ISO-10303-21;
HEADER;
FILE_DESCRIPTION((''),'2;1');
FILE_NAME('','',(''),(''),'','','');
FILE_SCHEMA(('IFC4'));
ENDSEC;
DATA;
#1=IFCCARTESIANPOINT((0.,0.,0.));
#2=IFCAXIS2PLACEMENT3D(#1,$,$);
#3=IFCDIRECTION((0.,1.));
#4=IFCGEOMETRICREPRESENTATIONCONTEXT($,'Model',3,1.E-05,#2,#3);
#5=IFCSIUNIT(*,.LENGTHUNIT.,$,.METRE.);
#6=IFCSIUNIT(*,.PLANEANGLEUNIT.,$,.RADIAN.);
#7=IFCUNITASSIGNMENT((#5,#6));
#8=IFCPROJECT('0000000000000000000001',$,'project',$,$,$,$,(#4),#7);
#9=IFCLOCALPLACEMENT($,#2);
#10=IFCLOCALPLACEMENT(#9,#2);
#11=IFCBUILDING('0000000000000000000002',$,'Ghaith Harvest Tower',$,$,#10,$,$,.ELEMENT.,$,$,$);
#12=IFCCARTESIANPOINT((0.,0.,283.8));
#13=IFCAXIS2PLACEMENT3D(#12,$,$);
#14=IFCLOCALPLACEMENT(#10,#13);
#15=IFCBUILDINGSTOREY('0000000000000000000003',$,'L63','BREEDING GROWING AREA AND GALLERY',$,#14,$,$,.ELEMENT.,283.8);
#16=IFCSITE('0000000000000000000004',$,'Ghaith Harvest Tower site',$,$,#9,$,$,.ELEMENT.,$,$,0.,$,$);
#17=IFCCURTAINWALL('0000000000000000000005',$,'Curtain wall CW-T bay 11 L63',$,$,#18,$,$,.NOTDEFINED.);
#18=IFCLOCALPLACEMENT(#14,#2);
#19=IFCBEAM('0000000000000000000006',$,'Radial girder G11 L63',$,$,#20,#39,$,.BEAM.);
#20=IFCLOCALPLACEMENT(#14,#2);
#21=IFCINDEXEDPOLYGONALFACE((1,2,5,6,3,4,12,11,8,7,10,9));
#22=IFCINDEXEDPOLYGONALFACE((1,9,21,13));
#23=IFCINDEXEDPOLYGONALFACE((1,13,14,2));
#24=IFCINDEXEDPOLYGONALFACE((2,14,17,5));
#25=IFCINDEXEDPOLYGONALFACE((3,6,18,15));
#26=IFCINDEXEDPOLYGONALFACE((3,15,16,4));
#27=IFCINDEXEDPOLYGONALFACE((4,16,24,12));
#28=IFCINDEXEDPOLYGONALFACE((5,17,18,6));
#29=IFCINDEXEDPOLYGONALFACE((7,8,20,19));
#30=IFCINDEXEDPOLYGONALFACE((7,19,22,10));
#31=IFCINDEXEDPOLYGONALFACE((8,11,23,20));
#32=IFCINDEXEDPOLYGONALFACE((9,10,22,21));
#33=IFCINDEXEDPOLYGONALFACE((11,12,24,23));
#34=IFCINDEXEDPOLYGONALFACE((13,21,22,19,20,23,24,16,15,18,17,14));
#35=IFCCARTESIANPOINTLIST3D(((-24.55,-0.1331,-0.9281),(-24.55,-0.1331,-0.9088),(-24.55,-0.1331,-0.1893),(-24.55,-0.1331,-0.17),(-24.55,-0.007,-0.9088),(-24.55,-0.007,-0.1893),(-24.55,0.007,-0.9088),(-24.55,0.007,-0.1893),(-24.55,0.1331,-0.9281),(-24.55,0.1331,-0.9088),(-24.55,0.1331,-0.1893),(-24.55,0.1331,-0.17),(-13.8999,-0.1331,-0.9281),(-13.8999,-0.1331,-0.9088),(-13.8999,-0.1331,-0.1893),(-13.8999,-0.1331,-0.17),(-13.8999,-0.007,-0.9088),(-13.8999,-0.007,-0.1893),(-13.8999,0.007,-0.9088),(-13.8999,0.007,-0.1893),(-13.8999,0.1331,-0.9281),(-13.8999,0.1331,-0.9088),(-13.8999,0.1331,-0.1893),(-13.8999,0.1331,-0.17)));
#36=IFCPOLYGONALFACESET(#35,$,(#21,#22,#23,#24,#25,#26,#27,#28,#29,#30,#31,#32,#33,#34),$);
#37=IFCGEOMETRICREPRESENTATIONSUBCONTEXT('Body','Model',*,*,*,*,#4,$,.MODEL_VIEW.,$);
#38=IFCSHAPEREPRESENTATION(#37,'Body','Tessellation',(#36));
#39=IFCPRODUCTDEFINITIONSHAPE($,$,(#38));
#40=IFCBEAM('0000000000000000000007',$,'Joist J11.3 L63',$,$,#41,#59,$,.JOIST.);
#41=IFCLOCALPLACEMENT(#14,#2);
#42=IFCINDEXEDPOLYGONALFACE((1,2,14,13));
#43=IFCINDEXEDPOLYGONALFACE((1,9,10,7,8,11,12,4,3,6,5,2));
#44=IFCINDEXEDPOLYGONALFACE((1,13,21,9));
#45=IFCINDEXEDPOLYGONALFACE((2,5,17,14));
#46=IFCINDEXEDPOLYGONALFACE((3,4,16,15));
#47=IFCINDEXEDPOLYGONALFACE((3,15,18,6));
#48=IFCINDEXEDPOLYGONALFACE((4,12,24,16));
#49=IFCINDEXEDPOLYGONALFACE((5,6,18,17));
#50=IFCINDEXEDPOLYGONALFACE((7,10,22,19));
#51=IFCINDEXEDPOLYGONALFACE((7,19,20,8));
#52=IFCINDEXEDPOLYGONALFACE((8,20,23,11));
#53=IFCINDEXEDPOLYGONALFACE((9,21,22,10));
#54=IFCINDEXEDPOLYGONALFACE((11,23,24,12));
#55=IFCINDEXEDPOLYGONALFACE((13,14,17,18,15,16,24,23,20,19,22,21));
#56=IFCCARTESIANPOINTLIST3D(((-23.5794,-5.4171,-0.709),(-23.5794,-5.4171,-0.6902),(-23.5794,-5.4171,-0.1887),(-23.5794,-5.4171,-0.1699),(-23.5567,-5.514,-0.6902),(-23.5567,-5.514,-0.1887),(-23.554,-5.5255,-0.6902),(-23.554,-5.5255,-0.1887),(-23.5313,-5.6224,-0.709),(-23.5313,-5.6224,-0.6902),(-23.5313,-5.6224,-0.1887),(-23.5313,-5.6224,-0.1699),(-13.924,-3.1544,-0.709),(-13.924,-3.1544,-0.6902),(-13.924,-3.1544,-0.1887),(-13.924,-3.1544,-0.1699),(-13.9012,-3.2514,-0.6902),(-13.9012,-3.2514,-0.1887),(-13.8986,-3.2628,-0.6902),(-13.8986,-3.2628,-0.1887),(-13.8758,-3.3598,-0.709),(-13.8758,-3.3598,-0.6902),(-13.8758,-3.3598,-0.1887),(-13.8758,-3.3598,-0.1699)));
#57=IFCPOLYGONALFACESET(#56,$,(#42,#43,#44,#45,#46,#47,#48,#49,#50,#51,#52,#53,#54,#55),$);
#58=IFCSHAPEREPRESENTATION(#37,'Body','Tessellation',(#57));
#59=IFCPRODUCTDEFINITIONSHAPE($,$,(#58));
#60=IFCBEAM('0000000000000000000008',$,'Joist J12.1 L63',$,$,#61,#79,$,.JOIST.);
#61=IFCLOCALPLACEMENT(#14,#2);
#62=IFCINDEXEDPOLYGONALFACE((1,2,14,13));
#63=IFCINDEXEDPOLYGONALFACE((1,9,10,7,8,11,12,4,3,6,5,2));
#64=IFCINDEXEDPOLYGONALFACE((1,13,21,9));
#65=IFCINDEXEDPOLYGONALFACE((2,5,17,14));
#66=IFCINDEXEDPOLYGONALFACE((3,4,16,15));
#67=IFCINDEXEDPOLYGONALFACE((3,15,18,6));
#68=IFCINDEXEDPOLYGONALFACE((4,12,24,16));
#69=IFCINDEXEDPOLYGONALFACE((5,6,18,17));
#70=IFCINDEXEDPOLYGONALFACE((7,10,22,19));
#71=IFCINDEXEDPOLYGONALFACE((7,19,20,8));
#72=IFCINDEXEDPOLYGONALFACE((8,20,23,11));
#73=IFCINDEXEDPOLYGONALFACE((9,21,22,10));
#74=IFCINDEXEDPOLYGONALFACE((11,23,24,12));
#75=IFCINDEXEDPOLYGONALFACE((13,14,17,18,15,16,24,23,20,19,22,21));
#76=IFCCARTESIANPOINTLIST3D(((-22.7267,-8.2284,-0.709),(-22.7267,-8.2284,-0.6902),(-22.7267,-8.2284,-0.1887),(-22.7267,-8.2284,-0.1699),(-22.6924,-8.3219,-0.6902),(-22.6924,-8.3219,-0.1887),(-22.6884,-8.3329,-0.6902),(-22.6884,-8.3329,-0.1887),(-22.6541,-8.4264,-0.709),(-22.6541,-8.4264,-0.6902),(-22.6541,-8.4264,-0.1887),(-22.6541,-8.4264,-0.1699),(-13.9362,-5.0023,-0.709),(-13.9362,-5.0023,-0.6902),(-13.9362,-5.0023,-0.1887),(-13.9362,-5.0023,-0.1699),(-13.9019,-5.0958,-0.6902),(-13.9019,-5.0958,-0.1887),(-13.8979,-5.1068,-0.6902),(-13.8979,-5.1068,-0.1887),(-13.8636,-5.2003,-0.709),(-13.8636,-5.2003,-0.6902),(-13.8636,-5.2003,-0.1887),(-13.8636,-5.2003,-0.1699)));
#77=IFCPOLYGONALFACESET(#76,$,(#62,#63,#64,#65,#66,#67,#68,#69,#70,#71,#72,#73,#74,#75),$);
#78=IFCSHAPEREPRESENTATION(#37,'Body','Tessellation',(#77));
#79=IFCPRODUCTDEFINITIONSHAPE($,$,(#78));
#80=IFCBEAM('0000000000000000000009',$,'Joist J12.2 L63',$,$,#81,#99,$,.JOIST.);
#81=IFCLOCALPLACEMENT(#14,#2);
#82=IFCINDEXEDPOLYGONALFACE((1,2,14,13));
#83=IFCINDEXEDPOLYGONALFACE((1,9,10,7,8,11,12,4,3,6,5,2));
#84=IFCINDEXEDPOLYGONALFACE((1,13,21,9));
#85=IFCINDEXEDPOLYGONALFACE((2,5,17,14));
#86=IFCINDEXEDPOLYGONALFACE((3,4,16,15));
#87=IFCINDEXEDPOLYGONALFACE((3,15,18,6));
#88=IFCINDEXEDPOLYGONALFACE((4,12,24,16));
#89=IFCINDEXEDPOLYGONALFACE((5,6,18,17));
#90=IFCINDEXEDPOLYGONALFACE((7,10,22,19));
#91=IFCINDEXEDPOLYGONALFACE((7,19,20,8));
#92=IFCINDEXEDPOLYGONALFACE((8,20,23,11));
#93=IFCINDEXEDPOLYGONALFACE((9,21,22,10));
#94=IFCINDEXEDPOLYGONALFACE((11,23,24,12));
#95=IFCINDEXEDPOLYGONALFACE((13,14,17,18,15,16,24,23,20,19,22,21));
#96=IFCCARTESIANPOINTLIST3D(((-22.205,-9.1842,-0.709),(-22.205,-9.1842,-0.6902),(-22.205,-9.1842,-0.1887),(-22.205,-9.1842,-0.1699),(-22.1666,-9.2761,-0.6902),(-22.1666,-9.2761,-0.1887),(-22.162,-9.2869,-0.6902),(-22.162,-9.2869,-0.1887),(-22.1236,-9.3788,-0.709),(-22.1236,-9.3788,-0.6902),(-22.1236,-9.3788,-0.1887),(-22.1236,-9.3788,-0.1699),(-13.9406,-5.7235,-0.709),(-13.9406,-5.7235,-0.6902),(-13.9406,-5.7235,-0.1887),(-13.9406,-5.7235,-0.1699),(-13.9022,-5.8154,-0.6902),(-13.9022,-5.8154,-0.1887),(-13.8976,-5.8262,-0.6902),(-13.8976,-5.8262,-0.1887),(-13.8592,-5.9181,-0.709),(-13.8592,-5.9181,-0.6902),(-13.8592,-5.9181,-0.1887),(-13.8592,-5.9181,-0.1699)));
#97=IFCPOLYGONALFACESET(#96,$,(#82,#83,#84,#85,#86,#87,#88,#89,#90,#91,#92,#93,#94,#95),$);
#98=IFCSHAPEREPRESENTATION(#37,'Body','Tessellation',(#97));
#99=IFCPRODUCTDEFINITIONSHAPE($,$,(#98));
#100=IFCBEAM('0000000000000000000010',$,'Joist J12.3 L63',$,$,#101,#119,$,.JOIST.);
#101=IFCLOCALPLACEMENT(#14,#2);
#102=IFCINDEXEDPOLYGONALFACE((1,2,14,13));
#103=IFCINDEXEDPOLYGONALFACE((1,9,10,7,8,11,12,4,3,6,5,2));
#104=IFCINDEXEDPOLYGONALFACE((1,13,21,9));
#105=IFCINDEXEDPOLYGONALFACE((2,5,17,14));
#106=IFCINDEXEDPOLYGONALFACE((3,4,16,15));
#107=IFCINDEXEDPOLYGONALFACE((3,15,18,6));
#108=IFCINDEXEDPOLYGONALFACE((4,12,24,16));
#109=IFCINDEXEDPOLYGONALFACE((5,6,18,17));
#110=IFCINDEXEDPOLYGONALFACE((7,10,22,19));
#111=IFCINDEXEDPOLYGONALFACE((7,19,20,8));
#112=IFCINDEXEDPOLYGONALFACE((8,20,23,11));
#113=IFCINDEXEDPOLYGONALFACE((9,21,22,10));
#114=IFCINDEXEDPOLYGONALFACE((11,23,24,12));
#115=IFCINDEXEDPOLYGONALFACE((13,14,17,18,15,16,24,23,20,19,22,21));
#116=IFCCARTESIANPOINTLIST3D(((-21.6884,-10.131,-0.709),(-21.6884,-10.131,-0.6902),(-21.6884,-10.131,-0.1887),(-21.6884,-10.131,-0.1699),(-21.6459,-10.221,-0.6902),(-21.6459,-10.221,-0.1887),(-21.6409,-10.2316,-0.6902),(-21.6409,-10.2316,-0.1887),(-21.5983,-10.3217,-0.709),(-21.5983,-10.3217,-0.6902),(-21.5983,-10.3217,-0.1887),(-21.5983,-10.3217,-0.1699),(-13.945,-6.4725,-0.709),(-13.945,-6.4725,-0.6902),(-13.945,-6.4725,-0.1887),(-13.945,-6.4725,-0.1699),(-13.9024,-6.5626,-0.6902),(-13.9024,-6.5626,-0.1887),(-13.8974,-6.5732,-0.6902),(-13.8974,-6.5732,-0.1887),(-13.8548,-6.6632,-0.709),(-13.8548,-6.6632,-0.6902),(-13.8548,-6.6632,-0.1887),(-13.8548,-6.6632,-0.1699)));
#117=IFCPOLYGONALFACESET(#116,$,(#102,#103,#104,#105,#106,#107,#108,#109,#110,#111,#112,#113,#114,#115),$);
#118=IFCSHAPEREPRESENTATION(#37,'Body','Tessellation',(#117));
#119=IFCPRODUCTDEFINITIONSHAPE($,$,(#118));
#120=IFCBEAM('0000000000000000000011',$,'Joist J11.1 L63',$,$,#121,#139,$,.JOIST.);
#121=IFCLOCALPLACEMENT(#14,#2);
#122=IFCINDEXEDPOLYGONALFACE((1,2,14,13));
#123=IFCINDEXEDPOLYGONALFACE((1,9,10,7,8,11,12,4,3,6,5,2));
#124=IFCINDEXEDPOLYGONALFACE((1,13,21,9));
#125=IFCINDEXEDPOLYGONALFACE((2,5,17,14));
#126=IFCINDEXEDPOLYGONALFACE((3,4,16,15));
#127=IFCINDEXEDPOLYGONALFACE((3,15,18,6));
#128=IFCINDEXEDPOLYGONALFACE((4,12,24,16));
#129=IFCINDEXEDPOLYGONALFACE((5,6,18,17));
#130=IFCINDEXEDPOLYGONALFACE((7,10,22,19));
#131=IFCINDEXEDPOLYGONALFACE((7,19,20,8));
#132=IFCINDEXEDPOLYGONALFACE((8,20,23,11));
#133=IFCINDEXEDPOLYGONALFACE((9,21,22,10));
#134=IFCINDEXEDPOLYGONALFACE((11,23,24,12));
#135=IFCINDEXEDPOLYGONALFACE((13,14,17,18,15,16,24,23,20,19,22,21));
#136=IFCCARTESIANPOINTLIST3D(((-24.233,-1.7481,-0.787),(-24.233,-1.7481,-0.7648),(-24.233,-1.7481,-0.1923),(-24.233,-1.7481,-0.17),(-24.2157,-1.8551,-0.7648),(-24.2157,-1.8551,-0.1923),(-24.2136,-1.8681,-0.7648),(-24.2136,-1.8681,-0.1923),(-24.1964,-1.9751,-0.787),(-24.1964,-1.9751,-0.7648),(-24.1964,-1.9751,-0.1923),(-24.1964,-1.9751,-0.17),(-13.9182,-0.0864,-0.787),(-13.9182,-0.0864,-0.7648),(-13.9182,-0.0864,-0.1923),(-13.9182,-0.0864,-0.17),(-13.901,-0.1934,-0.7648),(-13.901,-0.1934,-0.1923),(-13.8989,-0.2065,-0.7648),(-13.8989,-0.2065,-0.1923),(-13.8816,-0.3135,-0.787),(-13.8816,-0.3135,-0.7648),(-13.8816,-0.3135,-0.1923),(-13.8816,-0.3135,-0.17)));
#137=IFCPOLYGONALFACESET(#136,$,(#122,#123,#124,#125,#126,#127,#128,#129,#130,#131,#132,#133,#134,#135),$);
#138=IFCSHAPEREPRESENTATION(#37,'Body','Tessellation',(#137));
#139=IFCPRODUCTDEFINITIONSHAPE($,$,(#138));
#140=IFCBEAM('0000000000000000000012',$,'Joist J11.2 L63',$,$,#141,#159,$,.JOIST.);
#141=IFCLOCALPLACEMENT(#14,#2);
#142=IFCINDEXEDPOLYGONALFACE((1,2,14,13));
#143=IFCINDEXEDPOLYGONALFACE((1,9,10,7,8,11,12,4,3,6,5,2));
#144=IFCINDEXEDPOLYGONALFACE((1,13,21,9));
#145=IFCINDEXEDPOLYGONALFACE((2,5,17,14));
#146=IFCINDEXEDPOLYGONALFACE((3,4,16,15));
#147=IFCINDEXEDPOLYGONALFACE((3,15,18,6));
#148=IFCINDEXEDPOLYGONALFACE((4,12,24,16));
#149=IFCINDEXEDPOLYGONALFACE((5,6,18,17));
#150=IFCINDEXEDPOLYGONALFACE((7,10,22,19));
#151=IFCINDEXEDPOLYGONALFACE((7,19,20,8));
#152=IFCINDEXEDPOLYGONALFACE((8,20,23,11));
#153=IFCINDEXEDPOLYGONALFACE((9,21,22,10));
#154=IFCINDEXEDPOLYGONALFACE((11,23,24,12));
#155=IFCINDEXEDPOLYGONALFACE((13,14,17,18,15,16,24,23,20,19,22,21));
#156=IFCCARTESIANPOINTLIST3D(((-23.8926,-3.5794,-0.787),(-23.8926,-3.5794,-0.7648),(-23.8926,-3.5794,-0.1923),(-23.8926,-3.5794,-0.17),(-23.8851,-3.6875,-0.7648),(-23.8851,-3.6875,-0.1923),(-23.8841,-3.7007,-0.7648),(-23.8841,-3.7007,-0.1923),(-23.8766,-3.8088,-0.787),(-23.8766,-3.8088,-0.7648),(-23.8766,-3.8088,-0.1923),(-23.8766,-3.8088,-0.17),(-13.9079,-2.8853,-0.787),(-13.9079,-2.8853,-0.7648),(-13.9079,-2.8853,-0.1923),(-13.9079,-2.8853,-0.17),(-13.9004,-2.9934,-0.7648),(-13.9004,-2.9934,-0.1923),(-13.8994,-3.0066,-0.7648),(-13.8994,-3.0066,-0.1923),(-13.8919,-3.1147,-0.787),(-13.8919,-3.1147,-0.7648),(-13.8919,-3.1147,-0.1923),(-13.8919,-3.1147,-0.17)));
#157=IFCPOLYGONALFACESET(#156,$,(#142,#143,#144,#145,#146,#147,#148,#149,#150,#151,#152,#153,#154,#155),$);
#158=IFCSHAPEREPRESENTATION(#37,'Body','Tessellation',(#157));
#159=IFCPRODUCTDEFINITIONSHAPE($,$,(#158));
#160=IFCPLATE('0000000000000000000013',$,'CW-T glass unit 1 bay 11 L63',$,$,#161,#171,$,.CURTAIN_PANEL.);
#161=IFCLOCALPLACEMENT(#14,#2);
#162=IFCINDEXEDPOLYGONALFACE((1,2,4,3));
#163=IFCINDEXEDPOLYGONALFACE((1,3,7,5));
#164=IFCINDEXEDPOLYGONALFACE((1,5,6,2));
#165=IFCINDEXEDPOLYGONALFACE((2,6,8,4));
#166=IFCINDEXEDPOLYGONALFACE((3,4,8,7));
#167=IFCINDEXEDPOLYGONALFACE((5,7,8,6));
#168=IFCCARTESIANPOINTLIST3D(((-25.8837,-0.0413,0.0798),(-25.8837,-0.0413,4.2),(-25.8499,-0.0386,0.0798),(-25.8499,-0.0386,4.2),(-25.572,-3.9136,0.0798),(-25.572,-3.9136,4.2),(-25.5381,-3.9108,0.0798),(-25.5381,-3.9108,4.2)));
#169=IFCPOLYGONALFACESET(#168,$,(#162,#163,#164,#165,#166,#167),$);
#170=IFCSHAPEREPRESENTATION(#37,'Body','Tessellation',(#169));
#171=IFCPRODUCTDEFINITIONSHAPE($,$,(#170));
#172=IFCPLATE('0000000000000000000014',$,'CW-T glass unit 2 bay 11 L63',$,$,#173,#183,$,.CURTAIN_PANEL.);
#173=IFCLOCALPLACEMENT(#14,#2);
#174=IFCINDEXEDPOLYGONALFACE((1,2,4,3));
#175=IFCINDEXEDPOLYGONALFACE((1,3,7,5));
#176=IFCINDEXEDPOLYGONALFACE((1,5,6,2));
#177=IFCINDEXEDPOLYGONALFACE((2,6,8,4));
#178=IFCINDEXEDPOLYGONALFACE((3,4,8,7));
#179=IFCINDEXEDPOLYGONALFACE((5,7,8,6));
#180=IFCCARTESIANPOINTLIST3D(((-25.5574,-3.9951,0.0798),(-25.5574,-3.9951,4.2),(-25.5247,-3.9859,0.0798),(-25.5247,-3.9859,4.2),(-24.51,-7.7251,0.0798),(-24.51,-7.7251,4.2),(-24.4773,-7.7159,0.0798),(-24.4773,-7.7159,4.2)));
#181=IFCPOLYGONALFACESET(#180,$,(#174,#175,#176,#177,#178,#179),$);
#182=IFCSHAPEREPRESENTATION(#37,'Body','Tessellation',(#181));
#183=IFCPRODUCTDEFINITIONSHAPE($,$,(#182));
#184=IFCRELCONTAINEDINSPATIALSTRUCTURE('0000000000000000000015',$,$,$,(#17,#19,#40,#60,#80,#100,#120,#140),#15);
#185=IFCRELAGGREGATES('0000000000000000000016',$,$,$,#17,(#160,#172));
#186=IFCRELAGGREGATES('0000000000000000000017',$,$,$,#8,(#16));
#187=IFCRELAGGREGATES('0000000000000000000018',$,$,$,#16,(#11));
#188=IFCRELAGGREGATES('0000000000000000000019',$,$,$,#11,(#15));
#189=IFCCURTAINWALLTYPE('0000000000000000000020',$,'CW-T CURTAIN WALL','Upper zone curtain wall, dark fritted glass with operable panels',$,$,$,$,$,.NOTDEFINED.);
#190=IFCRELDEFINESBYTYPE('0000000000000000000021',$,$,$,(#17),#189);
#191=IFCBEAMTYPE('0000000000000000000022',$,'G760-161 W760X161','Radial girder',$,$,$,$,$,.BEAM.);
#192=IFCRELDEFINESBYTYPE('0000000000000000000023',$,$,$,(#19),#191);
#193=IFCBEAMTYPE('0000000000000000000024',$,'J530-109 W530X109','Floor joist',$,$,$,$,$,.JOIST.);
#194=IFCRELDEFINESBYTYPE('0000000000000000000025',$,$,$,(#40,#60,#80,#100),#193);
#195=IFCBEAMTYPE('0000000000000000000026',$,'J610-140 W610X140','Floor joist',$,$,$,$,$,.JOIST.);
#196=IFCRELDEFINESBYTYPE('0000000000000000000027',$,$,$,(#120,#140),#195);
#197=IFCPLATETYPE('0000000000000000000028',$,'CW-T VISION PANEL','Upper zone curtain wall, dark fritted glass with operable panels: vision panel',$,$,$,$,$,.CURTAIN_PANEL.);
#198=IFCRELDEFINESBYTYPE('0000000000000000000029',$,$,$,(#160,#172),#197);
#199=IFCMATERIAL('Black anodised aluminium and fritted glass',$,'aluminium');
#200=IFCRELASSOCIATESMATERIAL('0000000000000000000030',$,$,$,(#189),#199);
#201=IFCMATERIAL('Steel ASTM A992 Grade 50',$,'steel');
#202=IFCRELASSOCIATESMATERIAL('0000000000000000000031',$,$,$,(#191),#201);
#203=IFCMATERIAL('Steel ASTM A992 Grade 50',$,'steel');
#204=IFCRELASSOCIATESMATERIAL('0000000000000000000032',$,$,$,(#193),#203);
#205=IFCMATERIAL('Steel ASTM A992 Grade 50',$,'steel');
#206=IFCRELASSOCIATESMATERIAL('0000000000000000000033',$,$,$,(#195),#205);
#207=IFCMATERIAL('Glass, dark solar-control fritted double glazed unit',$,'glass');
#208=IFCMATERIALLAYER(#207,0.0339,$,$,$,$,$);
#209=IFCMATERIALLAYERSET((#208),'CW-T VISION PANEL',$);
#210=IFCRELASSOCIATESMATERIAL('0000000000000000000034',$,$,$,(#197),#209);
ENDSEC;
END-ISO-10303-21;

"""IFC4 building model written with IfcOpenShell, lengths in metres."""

from ifc_helpers import new_model, si_unit, direction, frame, origin, origin_2d, place, context, subcontext, project, spatial, rectangle, i_section, extrude, material, layer, layer_set, material_profile, profile_set, type_object, element, aggregate, save


model = new_model("IFC4")

# Units and contexts
model_context = context("Model", 3, precision=1e-05, world=origin(), true_north=direction((0.0, 1.0)))
body_context = subcontext(model_context, "Body", "Model", "MODEL_VIEW")
ifc_project = project(units=[si_unit("LENGTHUNIT", "METRE"), si_unit("PLANEANGLEUNIT", "RADIAN")], contexts=[model_context])

# Site, building, storey
site_placement = place(None, origin())
site = spatial("IfcSite", under=ifc_project, at=site_placement, Name="Ghaith Harvest Tower site", CompositionType="ELEMENT", RefElevation=0.0)
building_placement = place(site_placement, origin())
building = spatial("IfcBuilding", under=site, at=building_placement, Name="Ghaith Harvest Tower", CompositionType="ELEMENT")
storey_placement = place(building_placement, frame((0.0, 0.0, 283.8)))
storey = spatial("IfcBuildingStorey", under=building, at=storey_placement, Name="L63", Description="BREEDING GROWING AREA AND GALLERY", CompositionType="ELEMENT", Elevation=283.8)

# Curtain wall
ifc_material_1 = material(Name="Black anodised aluminium and fritted glass", Category="aluminium")
curtain_wall_type = type_object("IfcCurtainWallType", Name="CW-T CURTAIN WALL", Description="Upper zone curtain wall, dark fritted glass with operable panels", PredefinedType="NOTDEFINED", material=ifc_material_1)
curtain_wall_1_placement = place(storey_placement, origin())
curtain_wall_1 = element("IfcCurtainWall", 1, at=curtain_wall_1_placement, inside=storey, type_object=curtain_wall_type, Name="Curtain wall CW-T bay 11 L63", PredefinedType="NOTDEFINED")

# Beams
ifc_material_2 = material(Name="Steel ASTM A992 Grade 50", Category="steel")
ifc_material_profile_1 = material_profile(ifc_material_2, i_section(OverallWidth=0.2661, OverallDepth=0.7581, WebThickness=0.0139, FlangeThickness=0.0193, at=origin_2d()), Name="W760X161")
ifc_profile_set_1 = profile_set([ifc_material_profile_1], Name="Steel ASTM A992 Grade 50")
beam_type_1 = type_object("IfcBeamType", Name="G760-161 W760X161", Description="Radial girder", PredefinedType="BEAM", material=ifc_profile_set_1)
beam_1_placement = place(storey_placement, frame((-13.8999, 0.0, -0.5491), z_axis=(-1.0, 0.0, 0.0), x_axis=(0.0, -1.0, 0.0)))
element("IfcBeam", 2, at=beam_1_placement, inside=storey, type_object=beam_type_1, Name="Radial girder G11 L63", PredefinedType="BEAM", context=body_context, shape_type="SweptSolid", body=[
    extrude(i_section(OverallWidth=0.2661, OverallDepth=0.7581, WebThickness=0.0139, FlangeThickness=0.0193, at=origin_2d()), origin(), (0.0, 0.0, 1.0), 10.6501),
])
ifc_material_3 = material(Name="Steel ASTM A992 Grade 50", Category="steel")
ifc_material_profile_2 = material_profile(ifc_material_3, i_section(OverallWidth=0.2109, OverallDepth=0.5391, WebThickness=0.0117, FlangeThickness=0.0188, at=origin_2d()), Name="W530X109")
ifc_profile_set_2 = profile_set([ifc_material_profile_2], Name="Steel ASTM A992 Grade 50")
beam_type_2 = type_object("IfcBeamType", Name="J530-109 W530X109", Description="Floor joist", PredefinedType="JOIST", material=ifc_profile_set_2)
beam_2_placement = place(storey_placement, frame((-13.8999, -3.2571, -0.4395), z_axis=(-0.973623, -0.228161, 0.0), x_axis=(0.228161, -0.973623, 0.0)))
element("IfcBeam", 3, at=beam_2_placement, inside=storey, type_object=beam_type_2, Name="Joist J11.3 L63", PredefinedType="JOIST", context=body_context, shape_type="SweptSolid", body=[
    extrude(i_section(OverallWidth=0.2109, OverallDepth=0.5391, WebThickness=0.0117, FlangeThickness=0.0188, at=origin_2d()), origin(), (0.0, 0.0, 1.0), 9.917),
])
beam_3_placement = place(storey_placement, frame((-13.8999, -5.1013, -0.4395), z_axis=(-0.938777, -0.344526, 0.0), x_axis=(0.344526, -0.938777, 0.0)))
element("IfcBeam", 4, at=beam_3_placement, inside=storey, type_object=beam_type_2, Name="Joist J12.1 L63", PredefinedType="JOIST", context=body_context, shape_type="SweptSolid", body=[
    extrude(i_section(OverallWidth=0.2109, OverallDepth=0.5391, WebThickness=0.0117, FlangeThickness=0.0188, at=origin_2d()), origin(), (0.0, 0.0, 1.0), 9.3638),
])
beam_4_placement = place(storey_placement, frame((-13.8999, -5.8208, -0.4395), z_axis=(-0.922394, -0.38625, 0.0), x_axis=(0.38625, -0.922394, 0.0)))
element("IfcBeam", 5, at=beam_4_placement, inside=storey, type_object=beam_type_2, Name="Joist J12.2 L63", PredefinedType="JOIST", context=body_context, shape_type="SweptSolid", body=[
    extrude(i_section(OverallWidth=0.2109, OverallDepth=0.5391, WebThickness=0.0117, FlangeThickness=0.0188, at=origin_2d()), origin(), (0.0, 0.0, 1.0), 8.9597),
])
beam_5_placement = place(storey_placement, frame((-13.8999, -6.5679, -0.4395), z_axis=(-0.904166, -0.427182, 0.0), x_axis=(0.427182, -0.904166, 0.0)))
element("IfcBeam", 6, at=beam_5_placement, inside=storey, type_object=beam_type_2, Name="Joist J12.3 L63", PredefinedType="JOIST", context=body_context, shape_type="SweptSolid", body=[
    extrude(i_section(OverallWidth=0.2109, OverallDepth=0.5391, WebThickness=0.0117, FlangeThickness=0.0188, at=origin_2d()), origin(), (0.0, 0.0, 1.0), 8.5642),
])
ifc_material_4 = material(Name="Steel ASTM A992 Grade 50", Category="steel")
ifc_material_profile_3 = material_profile(ifc_material_4, i_section(OverallWidth=0.23, OverallDepth=0.6169, WebThickness=0.0132, FlangeThickness=0.0222, at=origin_2d()), Name="W610X140")
ifc_profile_set_3 = profile_set([ifc_material_profile_3], Name="Steel ASTM A992 Grade 50")
beam_type_3 = type_object("IfcBeamType", Name="J610-140 W610X140", Description="Floor joist", PredefinedType="JOIST", material=ifc_profile_set_3)
beam_6_placement = place(storey_placement, frame((-13.8999, -0.2, -0.4785), z_axis=(-0.987272, -0.159042, 0.0), x_axis=(0.159042, -0.987272, 0.0)))
element("IfcBeam", 7, at=beam_6_placement, inside=storey, type_object=beam_type_3, Name="Joist J11.1 L63", PredefinedType="JOIST", context=body_context, shape_type="SweptSolid", body=[
    extrude(i_section(OverallWidth=0.23, OverallDepth=0.6169, WebThickness=0.0132, FlangeThickness=0.0222, at=origin_2d()), origin(), (0.0, 0.0, 1.0), 10.4478),
])
beam_7_placement = place(storey_placement, frame((-13.8999, -3.0, -0.4785), z_axis=(-0.997592, -0.069349, 0.0), x_axis=(0.069349, -0.997592, 0.0)))
element("IfcBeam", 8, at=beam_7_placement, inside=storey, type_object=beam_type_3, Name="Joist J11.2 L63", PredefinedType="JOIST", context=body_context, shape_type="SweptSolid", body=[
    extrude(i_section(OverallWidth=0.23, OverallDepth=0.6169, WebThickness=0.0132, FlangeThickness=0.0222, at=origin_2d()), origin(), (0.0, 0.0, 1.0), 10.0088),
])

# Plates
ifc_material_5 = material(Name="Glass, dark solar-control fritted double glazed unit", Category="glass")
ifc_layer_1 = layer(ifc_material_5, 0.0339)
ifc_layer_set_1 = layer_set([ifc_layer_1], Name="CW-T VISION PANEL")
plate_type_1 = type_object("IfcPlateType", Name="CW-T VISION PANEL", Description="Upper zone curtain wall, dark fritted glass with operable panels: vision panel", PredefinedType="CURTAIN_PANEL", material=ifc_layer_set_1)
plate_1_placement = place(storey_placement, frame((-25.7109, -1.9761, 0.0798), z_axis=(0.0, 0.0, 1.0), x_axis=(0.080258, -0.996774, 0.0)))
plate_1 = element("IfcPlate", 9, at=plate_1_placement, type_object=plate_type_1, Name="CW-T glass unit 1 bay 11 L63", PredefinedType="CURTAIN_PANEL", context=body_context, shape_type="SweptSolid", body=[
    extrude(rectangle(XDim=3.8848, YDim=0.0339, at=origin_2d()), origin(), (0.0, 0.0, 1.0), 4.1201),
])
plate_2_placement = place(storey_placement, frame((-25.0173, -5.8555, 0.0798), z_axis=(0.0, 0.0, 1.0), x_axis=(0.270355, -0.962761, 0.0)))
plate_2 = element("IfcPlate", 10, at=plate_2_placement, type_object=plate_type_1, Name="CW-T glass unit 2 bay 11 L63", PredefinedType="CURTAIN_PANEL", context=body_context, shape_type="SweptSolid", body=[
    extrude(rectangle(XDim=3.8743, YDim=0.0339, at=origin_2d()), origin(), (0.0, 0.0, 1.0), 4.1201),
])
aggregate(curtain_wall_1, [plate_1, plate_2])

save(model, "model.ifc")
